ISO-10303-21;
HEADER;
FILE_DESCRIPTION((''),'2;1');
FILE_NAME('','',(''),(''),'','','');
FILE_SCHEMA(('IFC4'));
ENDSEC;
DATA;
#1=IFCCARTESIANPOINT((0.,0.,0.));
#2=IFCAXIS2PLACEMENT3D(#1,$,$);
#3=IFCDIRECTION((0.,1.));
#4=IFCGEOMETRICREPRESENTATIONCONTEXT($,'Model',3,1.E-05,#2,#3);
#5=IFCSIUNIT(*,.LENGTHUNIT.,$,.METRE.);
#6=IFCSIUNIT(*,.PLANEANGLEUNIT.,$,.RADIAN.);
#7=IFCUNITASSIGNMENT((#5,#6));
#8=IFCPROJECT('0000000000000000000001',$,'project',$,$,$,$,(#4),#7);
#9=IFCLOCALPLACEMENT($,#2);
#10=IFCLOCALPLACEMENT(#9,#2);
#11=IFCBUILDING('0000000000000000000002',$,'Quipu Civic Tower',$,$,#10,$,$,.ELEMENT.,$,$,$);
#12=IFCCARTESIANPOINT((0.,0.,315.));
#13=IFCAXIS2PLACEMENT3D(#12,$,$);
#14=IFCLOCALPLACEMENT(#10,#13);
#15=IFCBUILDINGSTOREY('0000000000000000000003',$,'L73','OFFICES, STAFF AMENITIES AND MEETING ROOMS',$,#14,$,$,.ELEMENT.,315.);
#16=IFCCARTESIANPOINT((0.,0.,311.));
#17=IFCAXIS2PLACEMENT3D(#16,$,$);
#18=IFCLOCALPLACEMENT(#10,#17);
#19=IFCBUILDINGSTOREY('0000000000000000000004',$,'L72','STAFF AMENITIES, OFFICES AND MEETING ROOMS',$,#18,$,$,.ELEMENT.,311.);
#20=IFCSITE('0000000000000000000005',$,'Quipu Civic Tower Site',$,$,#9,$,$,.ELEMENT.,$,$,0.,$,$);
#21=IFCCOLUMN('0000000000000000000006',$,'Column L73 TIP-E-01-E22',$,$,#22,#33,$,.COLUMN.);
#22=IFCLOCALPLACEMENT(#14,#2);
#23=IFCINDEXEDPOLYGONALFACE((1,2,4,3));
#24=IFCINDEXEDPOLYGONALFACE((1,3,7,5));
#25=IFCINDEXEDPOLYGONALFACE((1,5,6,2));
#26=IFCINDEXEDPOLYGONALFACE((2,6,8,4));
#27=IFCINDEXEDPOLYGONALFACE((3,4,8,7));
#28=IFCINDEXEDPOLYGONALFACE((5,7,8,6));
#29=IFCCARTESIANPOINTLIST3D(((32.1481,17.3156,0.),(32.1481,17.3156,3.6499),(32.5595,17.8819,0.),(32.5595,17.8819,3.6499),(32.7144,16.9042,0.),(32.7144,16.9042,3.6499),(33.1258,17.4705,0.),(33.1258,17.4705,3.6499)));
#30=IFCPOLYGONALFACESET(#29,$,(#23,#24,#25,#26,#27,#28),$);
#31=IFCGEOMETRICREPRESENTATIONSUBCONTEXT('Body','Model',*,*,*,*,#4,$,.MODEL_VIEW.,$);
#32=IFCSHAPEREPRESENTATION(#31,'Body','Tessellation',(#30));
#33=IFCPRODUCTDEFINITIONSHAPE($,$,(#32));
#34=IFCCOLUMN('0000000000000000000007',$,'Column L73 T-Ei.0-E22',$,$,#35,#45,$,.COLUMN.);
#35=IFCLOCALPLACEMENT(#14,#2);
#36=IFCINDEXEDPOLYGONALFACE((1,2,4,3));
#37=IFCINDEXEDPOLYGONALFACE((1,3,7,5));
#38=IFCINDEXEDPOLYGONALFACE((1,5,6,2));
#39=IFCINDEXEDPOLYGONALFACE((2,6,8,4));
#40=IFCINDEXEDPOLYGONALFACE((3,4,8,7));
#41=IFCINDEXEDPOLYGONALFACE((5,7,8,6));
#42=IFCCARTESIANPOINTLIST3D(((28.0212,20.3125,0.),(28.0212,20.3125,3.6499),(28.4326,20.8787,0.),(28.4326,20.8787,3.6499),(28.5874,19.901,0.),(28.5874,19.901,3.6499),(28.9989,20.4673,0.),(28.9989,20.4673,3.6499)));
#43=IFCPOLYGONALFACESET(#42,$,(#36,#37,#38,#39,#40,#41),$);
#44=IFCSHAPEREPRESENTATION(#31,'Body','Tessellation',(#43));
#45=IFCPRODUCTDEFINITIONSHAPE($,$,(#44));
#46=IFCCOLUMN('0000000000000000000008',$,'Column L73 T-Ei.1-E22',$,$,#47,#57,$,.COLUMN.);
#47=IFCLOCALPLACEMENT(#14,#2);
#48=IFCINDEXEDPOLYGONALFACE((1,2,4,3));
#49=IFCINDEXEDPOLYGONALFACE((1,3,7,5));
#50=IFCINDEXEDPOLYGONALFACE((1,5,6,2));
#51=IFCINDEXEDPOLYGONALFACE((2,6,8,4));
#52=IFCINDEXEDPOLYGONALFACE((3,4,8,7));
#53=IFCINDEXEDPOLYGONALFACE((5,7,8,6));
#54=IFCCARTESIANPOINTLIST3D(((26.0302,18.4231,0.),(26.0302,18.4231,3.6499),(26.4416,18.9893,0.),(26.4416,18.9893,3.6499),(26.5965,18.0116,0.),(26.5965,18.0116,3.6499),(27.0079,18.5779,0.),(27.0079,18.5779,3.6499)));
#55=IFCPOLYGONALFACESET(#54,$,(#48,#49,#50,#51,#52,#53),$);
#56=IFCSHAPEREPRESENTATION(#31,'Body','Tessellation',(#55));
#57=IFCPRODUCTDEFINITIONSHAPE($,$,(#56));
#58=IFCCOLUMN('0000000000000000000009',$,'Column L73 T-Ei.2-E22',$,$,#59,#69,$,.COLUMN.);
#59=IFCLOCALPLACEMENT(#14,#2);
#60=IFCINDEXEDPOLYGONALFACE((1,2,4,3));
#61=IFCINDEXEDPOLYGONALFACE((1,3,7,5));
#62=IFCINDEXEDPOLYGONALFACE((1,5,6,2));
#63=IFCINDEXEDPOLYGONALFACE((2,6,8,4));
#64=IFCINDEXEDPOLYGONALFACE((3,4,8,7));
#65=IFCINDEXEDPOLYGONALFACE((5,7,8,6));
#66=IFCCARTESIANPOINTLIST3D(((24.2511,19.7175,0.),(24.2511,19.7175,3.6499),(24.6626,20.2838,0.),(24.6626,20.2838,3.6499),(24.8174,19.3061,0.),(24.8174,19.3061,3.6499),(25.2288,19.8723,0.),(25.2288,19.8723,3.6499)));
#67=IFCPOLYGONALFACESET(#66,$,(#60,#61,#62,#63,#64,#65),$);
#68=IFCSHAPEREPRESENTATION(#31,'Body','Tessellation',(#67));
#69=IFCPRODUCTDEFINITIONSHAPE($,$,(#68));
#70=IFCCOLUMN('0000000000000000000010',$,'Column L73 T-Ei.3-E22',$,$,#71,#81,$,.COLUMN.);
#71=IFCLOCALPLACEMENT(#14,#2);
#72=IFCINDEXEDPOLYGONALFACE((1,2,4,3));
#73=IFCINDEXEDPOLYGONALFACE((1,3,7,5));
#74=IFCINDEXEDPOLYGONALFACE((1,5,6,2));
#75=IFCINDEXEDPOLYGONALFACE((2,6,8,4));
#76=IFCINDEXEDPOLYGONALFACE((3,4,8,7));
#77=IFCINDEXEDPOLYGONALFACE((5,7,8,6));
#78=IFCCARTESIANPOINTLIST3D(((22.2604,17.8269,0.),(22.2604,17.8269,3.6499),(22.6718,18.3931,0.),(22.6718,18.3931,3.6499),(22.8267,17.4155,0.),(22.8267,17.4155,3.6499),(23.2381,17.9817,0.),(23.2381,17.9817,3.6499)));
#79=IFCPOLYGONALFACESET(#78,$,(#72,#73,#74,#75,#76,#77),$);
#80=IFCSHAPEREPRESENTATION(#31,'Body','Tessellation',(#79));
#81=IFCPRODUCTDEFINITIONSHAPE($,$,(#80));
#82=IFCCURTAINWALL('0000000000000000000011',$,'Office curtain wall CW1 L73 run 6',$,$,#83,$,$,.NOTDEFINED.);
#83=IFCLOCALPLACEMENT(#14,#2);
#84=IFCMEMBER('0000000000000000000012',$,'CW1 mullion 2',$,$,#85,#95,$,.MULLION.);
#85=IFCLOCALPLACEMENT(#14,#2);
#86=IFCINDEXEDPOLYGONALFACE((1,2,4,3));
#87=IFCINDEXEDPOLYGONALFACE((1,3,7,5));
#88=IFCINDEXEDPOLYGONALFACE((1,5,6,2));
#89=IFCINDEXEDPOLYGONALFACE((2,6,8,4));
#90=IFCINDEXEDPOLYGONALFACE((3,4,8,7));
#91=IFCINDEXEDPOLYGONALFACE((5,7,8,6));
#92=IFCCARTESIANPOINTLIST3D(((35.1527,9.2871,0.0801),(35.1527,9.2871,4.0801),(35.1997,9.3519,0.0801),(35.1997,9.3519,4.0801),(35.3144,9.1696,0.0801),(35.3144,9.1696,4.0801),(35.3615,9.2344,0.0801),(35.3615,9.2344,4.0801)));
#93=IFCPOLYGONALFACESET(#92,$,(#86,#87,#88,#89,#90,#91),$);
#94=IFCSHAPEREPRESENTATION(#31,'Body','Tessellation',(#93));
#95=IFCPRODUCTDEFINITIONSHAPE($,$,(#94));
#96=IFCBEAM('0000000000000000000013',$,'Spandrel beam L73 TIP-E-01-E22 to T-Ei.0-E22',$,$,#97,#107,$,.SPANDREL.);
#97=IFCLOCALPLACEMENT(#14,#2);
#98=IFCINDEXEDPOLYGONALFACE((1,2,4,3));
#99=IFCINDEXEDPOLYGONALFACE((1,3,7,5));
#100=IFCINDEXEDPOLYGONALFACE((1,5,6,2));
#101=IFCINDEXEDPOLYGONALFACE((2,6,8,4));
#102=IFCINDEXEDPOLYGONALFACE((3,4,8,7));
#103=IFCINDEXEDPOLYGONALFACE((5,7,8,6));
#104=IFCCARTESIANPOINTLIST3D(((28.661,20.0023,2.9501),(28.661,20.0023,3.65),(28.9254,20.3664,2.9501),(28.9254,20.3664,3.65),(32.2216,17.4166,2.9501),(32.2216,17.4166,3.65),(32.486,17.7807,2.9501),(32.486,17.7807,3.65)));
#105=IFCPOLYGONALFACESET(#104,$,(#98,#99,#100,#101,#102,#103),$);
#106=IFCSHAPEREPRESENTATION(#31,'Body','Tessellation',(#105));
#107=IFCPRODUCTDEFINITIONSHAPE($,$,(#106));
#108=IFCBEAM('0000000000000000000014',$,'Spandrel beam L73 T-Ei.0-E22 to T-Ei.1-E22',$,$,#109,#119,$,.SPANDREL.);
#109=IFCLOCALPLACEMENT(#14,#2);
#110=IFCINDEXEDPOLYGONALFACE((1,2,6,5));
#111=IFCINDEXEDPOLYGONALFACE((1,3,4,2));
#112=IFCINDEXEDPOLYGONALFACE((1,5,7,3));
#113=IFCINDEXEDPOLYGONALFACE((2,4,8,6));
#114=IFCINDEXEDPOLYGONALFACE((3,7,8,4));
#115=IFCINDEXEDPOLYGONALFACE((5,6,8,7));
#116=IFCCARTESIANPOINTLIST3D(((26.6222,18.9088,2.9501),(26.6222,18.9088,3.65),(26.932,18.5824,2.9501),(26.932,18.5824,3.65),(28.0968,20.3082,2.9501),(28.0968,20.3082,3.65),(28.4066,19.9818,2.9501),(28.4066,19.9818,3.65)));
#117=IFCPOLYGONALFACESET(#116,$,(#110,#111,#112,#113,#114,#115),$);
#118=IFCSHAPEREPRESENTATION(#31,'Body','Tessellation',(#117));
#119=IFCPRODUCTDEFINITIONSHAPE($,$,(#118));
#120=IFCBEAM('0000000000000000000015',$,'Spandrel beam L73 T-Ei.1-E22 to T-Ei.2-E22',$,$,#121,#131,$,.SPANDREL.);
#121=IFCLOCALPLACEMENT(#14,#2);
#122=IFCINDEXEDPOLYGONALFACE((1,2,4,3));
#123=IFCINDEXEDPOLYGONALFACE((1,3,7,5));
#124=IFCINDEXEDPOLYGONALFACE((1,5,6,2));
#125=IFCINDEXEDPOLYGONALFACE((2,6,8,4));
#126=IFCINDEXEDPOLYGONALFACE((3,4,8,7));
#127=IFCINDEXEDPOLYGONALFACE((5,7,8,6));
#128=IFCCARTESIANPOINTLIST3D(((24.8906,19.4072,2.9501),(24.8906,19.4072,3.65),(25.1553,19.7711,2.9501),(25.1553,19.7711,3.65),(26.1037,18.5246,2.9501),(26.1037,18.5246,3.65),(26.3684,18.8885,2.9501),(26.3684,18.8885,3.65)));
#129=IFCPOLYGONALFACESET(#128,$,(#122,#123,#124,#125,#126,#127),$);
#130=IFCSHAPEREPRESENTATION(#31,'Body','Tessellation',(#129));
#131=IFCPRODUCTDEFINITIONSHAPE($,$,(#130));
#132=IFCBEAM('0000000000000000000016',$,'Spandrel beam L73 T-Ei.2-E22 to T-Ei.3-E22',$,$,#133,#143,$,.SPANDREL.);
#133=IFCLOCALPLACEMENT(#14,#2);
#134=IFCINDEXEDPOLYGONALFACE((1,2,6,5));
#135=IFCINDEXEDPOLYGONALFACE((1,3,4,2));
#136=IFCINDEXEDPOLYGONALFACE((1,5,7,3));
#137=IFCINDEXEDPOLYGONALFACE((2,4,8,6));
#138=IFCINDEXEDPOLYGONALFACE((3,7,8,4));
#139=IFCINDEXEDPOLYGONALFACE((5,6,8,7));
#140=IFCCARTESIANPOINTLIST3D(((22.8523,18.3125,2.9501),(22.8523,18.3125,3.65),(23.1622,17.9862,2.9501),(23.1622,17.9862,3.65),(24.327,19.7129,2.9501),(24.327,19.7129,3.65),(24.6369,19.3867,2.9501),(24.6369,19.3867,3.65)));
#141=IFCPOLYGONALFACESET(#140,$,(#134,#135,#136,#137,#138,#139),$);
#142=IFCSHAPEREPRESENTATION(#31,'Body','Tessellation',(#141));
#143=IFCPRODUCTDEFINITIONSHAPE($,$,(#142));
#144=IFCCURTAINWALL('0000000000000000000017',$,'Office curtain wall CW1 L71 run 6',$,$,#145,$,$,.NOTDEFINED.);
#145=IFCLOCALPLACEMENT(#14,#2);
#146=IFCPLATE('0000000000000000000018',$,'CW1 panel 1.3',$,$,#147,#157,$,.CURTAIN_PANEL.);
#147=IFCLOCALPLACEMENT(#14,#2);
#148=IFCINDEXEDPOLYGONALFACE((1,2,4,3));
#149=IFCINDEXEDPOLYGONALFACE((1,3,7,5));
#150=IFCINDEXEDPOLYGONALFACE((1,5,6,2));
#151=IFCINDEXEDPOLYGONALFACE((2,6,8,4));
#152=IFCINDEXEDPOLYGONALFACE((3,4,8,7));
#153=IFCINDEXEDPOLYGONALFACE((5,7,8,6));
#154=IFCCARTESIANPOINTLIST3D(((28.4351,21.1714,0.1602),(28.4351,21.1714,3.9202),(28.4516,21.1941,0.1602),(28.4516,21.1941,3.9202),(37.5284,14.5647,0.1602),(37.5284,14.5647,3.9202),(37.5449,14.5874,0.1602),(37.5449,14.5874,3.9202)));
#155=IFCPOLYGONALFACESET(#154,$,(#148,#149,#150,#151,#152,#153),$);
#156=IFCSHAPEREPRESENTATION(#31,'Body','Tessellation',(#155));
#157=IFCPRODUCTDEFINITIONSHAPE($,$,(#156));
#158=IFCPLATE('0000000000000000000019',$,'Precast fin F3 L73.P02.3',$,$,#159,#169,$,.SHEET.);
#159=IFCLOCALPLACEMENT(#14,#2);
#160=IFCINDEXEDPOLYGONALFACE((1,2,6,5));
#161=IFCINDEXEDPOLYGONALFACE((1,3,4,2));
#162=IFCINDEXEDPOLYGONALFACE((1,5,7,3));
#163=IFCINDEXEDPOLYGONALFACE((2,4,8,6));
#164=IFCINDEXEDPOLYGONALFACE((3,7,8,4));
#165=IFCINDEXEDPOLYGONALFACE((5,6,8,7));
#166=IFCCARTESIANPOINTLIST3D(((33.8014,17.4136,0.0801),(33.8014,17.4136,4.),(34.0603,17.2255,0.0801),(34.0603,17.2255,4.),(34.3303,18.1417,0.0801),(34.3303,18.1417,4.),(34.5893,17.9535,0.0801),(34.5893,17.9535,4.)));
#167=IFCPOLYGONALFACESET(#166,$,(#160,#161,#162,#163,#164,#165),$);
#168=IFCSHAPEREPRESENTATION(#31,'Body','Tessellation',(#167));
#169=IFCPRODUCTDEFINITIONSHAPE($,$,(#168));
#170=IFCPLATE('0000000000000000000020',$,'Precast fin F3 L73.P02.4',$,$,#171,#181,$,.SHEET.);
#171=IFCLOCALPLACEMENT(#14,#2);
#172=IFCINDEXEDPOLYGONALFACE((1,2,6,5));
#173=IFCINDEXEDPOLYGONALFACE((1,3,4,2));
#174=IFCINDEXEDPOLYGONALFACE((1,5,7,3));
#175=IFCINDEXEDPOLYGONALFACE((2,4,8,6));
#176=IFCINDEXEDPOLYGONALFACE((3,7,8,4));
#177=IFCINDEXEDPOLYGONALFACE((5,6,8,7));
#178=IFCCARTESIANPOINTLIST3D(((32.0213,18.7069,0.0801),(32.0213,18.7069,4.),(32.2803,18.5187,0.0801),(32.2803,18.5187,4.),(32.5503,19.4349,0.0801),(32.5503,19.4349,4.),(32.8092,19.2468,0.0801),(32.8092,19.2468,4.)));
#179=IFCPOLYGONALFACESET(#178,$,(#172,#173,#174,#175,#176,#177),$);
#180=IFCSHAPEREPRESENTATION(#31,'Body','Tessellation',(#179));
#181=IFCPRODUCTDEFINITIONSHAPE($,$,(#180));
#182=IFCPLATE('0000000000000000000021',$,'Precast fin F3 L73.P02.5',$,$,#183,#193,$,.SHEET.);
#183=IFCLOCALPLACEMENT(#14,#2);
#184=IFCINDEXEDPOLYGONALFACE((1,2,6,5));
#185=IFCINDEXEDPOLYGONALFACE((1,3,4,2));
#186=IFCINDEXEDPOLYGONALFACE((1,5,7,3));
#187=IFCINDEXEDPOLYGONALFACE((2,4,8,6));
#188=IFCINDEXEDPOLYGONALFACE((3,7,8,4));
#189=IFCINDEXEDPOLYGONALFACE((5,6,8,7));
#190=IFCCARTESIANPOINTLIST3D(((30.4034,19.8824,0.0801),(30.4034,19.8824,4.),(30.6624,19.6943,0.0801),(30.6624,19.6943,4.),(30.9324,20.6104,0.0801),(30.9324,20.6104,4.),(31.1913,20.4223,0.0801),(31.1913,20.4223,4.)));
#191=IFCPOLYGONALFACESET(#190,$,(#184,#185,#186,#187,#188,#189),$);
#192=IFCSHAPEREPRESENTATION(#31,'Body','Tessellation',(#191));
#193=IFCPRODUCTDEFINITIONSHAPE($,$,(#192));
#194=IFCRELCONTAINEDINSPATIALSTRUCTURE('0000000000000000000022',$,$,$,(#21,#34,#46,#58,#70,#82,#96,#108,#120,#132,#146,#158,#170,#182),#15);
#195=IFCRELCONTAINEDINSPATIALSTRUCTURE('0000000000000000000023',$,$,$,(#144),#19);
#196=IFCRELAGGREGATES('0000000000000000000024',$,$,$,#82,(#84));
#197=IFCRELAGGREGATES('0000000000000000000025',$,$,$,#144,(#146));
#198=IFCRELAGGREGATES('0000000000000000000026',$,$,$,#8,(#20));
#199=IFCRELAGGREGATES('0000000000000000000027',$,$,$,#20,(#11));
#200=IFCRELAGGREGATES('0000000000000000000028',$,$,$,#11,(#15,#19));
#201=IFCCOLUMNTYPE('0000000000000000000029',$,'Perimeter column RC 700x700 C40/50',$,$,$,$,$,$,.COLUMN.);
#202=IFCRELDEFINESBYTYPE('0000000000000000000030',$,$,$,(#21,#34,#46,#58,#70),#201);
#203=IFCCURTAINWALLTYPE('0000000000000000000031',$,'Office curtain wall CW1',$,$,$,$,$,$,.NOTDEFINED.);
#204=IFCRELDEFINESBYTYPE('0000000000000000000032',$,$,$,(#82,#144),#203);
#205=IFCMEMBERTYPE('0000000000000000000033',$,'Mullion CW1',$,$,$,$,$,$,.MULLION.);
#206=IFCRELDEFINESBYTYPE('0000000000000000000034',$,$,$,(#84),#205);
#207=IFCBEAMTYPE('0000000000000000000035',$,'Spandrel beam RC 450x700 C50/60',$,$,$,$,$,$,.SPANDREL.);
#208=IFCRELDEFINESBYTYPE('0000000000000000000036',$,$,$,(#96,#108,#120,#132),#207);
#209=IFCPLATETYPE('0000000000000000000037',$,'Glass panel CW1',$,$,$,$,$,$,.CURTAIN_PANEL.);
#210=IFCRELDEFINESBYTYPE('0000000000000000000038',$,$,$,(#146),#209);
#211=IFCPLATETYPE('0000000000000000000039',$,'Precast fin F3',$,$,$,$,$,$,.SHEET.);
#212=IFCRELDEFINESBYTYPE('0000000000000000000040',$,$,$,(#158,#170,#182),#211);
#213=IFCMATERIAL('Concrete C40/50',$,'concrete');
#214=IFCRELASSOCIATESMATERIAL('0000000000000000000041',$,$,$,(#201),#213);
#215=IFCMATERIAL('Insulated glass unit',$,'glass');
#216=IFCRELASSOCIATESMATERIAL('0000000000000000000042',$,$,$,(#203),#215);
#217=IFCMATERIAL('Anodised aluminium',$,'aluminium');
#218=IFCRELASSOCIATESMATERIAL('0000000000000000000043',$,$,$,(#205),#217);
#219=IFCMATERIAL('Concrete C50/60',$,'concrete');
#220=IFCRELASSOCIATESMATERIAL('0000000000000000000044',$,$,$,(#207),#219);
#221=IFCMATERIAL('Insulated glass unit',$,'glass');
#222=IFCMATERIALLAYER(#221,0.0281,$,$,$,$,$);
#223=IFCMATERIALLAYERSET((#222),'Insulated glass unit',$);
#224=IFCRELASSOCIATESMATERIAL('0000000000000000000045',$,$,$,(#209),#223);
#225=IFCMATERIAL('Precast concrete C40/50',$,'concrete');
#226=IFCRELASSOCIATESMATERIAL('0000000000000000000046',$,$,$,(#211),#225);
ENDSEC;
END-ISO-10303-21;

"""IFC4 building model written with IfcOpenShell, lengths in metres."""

from ifc_helpers import new_model, si_unit, direction, frame, origin, origin_2d, place, context, subcontext, project, spatial, rectangle, extrude, material, layer, layer_set, material_profile, profile_set, type_object, element, aggregate, save


model = new_model("IFC4")

# Units and contexts
model_context = context("Model", 3, precision=1e-05, world=origin(), true_north=direction((0.0, 1.0)))
body_context = subcontext(model_context, "Body", "Model", "MODEL_VIEW")
ifc_project = project(units=[si_unit("LENGTHUNIT", "METRE"), si_unit("PLANEANGLEUNIT", "RADIAN")], contexts=[model_context])

# Site, building, storey
site_placement = place(None, origin())
site = spatial("IfcSite", under=ifc_project, at=site_placement, Name="Quipu Civic Tower Site", CompositionType="ELEMENT", RefElevation=0.0)
building_placement = place(site_placement, origin())
building = spatial("IfcBuilding", under=site, at=building_placement, Name="Quipu Civic Tower", CompositionType="ELEMENT")
storey_1_placement = place(building_placement, frame((0.0, 0.0, 315.0)))
storey_1 = spatial("IfcBuildingStorey", under=building, at=storey_1_placement, Name="L73", Description="OFFICES, STAFF AMENITIES AND MEETING ROOMS", CompositionType="ELEMENT", Elevation=315.0)

# Columns
ifc_material_1 = material(Name="Concrete C40/50", Category="concrete")
ifc_material_profile_1 = material_profile(ifc_material_1, rectangle(XDim=0.7, YDim=0.7, at=origin_2d()), Name="RC700x700")
ifc_profile_set_1 = profile_set([ifc_material_profile_1], Name="Concrete C40/50")
column_type = type_object("IfcColumnType", Name="Perimeter column RC 700x700 C40/50", PredefinedType="COLUMN", material=ifc_profile_set_1)
for number, where, z_axis, x_axis, name in (
    (1, (32.637, 17.3931, 0.0), (0.0, 0.0, 1.0), (-0.809017, 0.587785, 0.0), "Column L73 TIP-E-01-E22"),
    (2, (28.51, 20.3899, 0.0), (0.0, 0.0, 1.0), (-0.587785, -0.809017, 0.0), "Column L73 T-Ei.0-E22"),
    (3, (26.519, 18.5005, 0.0), (0.0, 0.0, 1.0), (-0.809017, 0.587785, 0.0), "Column L73 T-Ei.1-E22"),
    (4, (24.74, 19.7949, 0.0), (0.0, 0.0, 1.0), (-0.587785, -0.809017, 0.0), "Column L73 T-Ei.2-E22"),
    (5, (22.7493, 17.9043, 0.0), (0.0, 0.0, 1.0), (-0.587785, -0.809017, 0.0), "Column L73 T-Ei.3-E22"),
):
    element("IfcColumn", number, at=place(storey_1_placement, frame(where, z_axis=z_axis, x_axis=x_axis)), inside=storey_1, type_object=column_type, Name=name, PredefinedType="COLUMN", context=body_context, shape_type="SweptSolid", body=[
        extrude(rectangle(XDim=0.7, YDim=0.7, at=origin_2d()), origin(), (0.0, 0.0, 1.0), 3.6499),
    ])

# Curtain wall, member
ifc_material_2 = material(Name="Insulated glass unit", Category="glass")
curtain_wall_type = type_object("IfcCurtainWallType", Name="Office curtain wall CW1", PredefinedType="NOTDEFINED", material=ifc_material_2)
curtain_wall_1_placement = place(storey_1_placement, origin())
curtain_wall_1 = element("IfcCurtainWall", 6, at=curtain_wall_1_placement, inside=storey_1, type_object=curtain_wall_type, Name="Office curtain wall CW1 L73 run 6", PredefinedType="NOTDEFINED")
ifc_material_3 = material(Name="Anodised aluminium", Category="aluminium")
ifc_material_profile_2 = material_profile(ifc_material_3, rectangle(XDim=0.2, YDim=0.0801, at=origin_2d()), Name="RECT 200x80")
ifc_profile_set_2 = profile_set([ifc_material_profile_2], Name="Anodised aluminium")
member_type = type_object("IfcMemberType", Name="Mullion CW1", PredefinedType="MULLION", material=ifc_profile_set_2)
member_placement = place(storey_1_placement, frame((35.2571, 9.2607, 0.0801), z_axis=(0.0, 0.0, 1.0), x_axis=(-0.809017, 0.587786, 0.0)))
member = element("IfcMember", 7, at=member_placement, type_object=member_type, Name="CW1 mullion 2", PredefinedType="MULLION", context=body_context, shape_type="SweptSolid", body=[
    extrude(rectangle(XDim=0.2, YDim=0.0801, at=origin_2d()), origin(), (0.0, 0.0, 1.0), 4.0),
])
aggregate(curtain_wall_1, [member])

# Beams
ifc_material_4 = material(Name="Concrete C50/60", Category="concrete")
ifc_material_profile_3 = material_profile(ifc_material_4, rectangle(XDim=0.45, YDim=0.7, at=origin_2d()), Name="RC450x700")
ifc_profile_set_3 = profile_set([ifc_material_profile_3], Name="Concrete C50/60")
beam_type = type_object("IfcBeamType", Name="Spandrel beam RC 450x700 C50/60", PredefinedType="SPANDREL", material=ifc_profile_set_3)
beam_1_placement = place(storey_1_placement, frame((32.3538, 17.5986, 3.3), z_axis=(-0.809146, 0.587607, 0.0), x_axis=(-0.587607, -0.809146, 0.0)))
element("IfcBeam", 8, at=beam_1_placement, inside=storey_1, type_object=beam_type, Name="Spandrel beam L73 TIP-E-01-E22 to T-Ei.0-E22", PredefinedType="SPANDREL", context=body_context, shape_type="SweptSolid", body=[
    extrude(rectangle(XDim=0.45, YDim=0.7, at=origin_2d()), origin(), (0.0, 0.0, 1.0), 4.4004),
])
beam_2_placement = place(storey_1_placement, frame((28.2517, 20.145, 3.3), z_axis=(-0.725359, -0.688371, 0.0), x_axis=(0.688371, -0.725359, 0.0)))
element("IfcBeam", 9, at=beam_2_placement, inside=storey_1, type_object=beam_type, Name="Spandrel beam L73 T-Ei.0-E22 to T-Ei.1-E22", PredefinedType="SPANDREL", context=body_context, shape_type="SweptSolid", body=[
    extrude(rectangle(XDim=0.45, YDim=0.7, at=origin_2d()), origin(), (0.0, 0.0, 1.0), 2.033),
])
beam_3_placement = place(storey_1_placement, frame((26.2361, 18.7065, 3.3), z_axis=(-0.808645, 0.588297, 0.0), x_axis=(-0.588297, -0.808645, 0.0)))
element("IfcBeam", 10, at=beam_3_placement, inside=storey_1, type_object=beam_type, Name="Spandrel beam L73 T-Ei.1-E22 to T-Ei.2-E22", PredefinedType="SPANDREL", context=body_context, shape_type="SweptSolid", body=[
    extrude(rectangle(XDim=0.45, YDim=0.7, at=origin_2d()), origin(), (0.0, 0.0, 1.0), 1.5002),
])
beam_4_placement = place(storey_1_placement, frame((24.4819, 19.5498, 3.3), z_axis=(-0.725119, -0.688623, 0.0), x_axis=(0.688623, -0.725119, 0.0)))
element("IfcBeam", 11, at=beam_4_placement, inside=storey_1, type_object=beam_type, Name="Spandrel beam L73 T-Ei.2-E22 to T-Ei.3-E22", PredefinedType="SPANDREL", context=body_context, shape_type="SweptSolid", body=[
    extrude(rectangle(XDim=0.45, YDim=0.7, at=origin_2d()), origin(), (0.0, 0.0, 1.0), 2.0337),
])

# Shared definitions
storey_2_placement = place(building_placement, frame((0.0, 0.0, 311.0)))
storey_2 = spatial("IfcBuildingStorey", under=building, at=storey_2_placement, Name="L72", Description="STAFF AMENITIES, OFFICES AND MEETING ROOMS", CompositionType="ELEMENT", Elevation=311.0)

# Curtain wall, plate
curtain_wall_2_placement = place(storey_2_placement, origin())
curtain_wall_2 = element("IfcCurtainWall", 12, at=curtain_wall_2_placement, inside=storey_2, type_object=curtain_wall_type, Name="Office curtain wall CW1 L71 run 6", PredefinedType="NOTDEFINED")
ifc_material_5 = material(Name="Insulated glass unit", Category="glass")
ifc_layer_1 = layer(ifc_material_5, 0.0281)
ifc_layer_set_1 = layer_set([ifc_layer_1], Name="Insulated glass unit")
plate_type_1 = type_object("IfcPlateType", Name="Glass panel CW1", PredefinedType="CURTAIN_PANEL", material=ifc_layer_set_1)
plate_placement = place(storey_1_placement, frame((32.99, 17.8794, 0.1602), z_axis=(0.0, 0.0, 1.0), x_axis=(-0.809015, 0.587788, 0.0)))
plate = element("IfcPlate", 13, at=plate_placement, inside=storey_1, type_object=plate_type_1, Name="CW1 panel 1.3", PredefinedType="CURTAIN_PANEL", context=body_context, shape_type="SweptSolid", body=[
    extrude(rectangle(XDim=11.24, YDim=0.0281, at=origin_2d()), origin(), (0.0, 0.0, 1.0), 3.76),
])
aggregate(curtain_wall_2, [plate])

# Plates
ifc_material_6 = material(Name="Precast concrete C40/50", Category="concrete")
plate_type_2 = type_object("IfcPlateType", Name="Precast fin F3", PredefinedType="SHEET", material=ifc_material_6)
for number, where, z_axis, x_axis, name in (
    (14, (34.1953, 17.6836, 0.0801), (0.0, 0.0, 1.0), (-0.809017, 0.587785, 0.0), "Precast fin F3 L73.P02.3"),
    (15, (32.4153, 18.9768, 0.0801), (0.0, 0.0, 1.0), (-0.809017, 0.587785, 0.0), "Precast fin F3 L73.P02.4"),
    (16, (30.7974, 20.1523, 0.0801), (0.0, 0.0, 1.0), (-0.809017, 0.587785, 0.0), "Precast fin F3 L73.P02.5"),
):
    element("IfcPlate", number, at=place(storey_1_placement, frame(where, z_axis=z_axis, x_axis=x_axis)), inside=storey_1, type_object=plate_type_2, Name=name, PredefinedType="SHEET", context=body_context, shape_type="SweptSolid", body=[
        extrude(rectangle(XDim=0.3201, YDim=0.8999, at=origin_2d()), origin(), (0.0, 0.0, 1.0), 3.9199),
    ])

save(model, "model.ifc")
